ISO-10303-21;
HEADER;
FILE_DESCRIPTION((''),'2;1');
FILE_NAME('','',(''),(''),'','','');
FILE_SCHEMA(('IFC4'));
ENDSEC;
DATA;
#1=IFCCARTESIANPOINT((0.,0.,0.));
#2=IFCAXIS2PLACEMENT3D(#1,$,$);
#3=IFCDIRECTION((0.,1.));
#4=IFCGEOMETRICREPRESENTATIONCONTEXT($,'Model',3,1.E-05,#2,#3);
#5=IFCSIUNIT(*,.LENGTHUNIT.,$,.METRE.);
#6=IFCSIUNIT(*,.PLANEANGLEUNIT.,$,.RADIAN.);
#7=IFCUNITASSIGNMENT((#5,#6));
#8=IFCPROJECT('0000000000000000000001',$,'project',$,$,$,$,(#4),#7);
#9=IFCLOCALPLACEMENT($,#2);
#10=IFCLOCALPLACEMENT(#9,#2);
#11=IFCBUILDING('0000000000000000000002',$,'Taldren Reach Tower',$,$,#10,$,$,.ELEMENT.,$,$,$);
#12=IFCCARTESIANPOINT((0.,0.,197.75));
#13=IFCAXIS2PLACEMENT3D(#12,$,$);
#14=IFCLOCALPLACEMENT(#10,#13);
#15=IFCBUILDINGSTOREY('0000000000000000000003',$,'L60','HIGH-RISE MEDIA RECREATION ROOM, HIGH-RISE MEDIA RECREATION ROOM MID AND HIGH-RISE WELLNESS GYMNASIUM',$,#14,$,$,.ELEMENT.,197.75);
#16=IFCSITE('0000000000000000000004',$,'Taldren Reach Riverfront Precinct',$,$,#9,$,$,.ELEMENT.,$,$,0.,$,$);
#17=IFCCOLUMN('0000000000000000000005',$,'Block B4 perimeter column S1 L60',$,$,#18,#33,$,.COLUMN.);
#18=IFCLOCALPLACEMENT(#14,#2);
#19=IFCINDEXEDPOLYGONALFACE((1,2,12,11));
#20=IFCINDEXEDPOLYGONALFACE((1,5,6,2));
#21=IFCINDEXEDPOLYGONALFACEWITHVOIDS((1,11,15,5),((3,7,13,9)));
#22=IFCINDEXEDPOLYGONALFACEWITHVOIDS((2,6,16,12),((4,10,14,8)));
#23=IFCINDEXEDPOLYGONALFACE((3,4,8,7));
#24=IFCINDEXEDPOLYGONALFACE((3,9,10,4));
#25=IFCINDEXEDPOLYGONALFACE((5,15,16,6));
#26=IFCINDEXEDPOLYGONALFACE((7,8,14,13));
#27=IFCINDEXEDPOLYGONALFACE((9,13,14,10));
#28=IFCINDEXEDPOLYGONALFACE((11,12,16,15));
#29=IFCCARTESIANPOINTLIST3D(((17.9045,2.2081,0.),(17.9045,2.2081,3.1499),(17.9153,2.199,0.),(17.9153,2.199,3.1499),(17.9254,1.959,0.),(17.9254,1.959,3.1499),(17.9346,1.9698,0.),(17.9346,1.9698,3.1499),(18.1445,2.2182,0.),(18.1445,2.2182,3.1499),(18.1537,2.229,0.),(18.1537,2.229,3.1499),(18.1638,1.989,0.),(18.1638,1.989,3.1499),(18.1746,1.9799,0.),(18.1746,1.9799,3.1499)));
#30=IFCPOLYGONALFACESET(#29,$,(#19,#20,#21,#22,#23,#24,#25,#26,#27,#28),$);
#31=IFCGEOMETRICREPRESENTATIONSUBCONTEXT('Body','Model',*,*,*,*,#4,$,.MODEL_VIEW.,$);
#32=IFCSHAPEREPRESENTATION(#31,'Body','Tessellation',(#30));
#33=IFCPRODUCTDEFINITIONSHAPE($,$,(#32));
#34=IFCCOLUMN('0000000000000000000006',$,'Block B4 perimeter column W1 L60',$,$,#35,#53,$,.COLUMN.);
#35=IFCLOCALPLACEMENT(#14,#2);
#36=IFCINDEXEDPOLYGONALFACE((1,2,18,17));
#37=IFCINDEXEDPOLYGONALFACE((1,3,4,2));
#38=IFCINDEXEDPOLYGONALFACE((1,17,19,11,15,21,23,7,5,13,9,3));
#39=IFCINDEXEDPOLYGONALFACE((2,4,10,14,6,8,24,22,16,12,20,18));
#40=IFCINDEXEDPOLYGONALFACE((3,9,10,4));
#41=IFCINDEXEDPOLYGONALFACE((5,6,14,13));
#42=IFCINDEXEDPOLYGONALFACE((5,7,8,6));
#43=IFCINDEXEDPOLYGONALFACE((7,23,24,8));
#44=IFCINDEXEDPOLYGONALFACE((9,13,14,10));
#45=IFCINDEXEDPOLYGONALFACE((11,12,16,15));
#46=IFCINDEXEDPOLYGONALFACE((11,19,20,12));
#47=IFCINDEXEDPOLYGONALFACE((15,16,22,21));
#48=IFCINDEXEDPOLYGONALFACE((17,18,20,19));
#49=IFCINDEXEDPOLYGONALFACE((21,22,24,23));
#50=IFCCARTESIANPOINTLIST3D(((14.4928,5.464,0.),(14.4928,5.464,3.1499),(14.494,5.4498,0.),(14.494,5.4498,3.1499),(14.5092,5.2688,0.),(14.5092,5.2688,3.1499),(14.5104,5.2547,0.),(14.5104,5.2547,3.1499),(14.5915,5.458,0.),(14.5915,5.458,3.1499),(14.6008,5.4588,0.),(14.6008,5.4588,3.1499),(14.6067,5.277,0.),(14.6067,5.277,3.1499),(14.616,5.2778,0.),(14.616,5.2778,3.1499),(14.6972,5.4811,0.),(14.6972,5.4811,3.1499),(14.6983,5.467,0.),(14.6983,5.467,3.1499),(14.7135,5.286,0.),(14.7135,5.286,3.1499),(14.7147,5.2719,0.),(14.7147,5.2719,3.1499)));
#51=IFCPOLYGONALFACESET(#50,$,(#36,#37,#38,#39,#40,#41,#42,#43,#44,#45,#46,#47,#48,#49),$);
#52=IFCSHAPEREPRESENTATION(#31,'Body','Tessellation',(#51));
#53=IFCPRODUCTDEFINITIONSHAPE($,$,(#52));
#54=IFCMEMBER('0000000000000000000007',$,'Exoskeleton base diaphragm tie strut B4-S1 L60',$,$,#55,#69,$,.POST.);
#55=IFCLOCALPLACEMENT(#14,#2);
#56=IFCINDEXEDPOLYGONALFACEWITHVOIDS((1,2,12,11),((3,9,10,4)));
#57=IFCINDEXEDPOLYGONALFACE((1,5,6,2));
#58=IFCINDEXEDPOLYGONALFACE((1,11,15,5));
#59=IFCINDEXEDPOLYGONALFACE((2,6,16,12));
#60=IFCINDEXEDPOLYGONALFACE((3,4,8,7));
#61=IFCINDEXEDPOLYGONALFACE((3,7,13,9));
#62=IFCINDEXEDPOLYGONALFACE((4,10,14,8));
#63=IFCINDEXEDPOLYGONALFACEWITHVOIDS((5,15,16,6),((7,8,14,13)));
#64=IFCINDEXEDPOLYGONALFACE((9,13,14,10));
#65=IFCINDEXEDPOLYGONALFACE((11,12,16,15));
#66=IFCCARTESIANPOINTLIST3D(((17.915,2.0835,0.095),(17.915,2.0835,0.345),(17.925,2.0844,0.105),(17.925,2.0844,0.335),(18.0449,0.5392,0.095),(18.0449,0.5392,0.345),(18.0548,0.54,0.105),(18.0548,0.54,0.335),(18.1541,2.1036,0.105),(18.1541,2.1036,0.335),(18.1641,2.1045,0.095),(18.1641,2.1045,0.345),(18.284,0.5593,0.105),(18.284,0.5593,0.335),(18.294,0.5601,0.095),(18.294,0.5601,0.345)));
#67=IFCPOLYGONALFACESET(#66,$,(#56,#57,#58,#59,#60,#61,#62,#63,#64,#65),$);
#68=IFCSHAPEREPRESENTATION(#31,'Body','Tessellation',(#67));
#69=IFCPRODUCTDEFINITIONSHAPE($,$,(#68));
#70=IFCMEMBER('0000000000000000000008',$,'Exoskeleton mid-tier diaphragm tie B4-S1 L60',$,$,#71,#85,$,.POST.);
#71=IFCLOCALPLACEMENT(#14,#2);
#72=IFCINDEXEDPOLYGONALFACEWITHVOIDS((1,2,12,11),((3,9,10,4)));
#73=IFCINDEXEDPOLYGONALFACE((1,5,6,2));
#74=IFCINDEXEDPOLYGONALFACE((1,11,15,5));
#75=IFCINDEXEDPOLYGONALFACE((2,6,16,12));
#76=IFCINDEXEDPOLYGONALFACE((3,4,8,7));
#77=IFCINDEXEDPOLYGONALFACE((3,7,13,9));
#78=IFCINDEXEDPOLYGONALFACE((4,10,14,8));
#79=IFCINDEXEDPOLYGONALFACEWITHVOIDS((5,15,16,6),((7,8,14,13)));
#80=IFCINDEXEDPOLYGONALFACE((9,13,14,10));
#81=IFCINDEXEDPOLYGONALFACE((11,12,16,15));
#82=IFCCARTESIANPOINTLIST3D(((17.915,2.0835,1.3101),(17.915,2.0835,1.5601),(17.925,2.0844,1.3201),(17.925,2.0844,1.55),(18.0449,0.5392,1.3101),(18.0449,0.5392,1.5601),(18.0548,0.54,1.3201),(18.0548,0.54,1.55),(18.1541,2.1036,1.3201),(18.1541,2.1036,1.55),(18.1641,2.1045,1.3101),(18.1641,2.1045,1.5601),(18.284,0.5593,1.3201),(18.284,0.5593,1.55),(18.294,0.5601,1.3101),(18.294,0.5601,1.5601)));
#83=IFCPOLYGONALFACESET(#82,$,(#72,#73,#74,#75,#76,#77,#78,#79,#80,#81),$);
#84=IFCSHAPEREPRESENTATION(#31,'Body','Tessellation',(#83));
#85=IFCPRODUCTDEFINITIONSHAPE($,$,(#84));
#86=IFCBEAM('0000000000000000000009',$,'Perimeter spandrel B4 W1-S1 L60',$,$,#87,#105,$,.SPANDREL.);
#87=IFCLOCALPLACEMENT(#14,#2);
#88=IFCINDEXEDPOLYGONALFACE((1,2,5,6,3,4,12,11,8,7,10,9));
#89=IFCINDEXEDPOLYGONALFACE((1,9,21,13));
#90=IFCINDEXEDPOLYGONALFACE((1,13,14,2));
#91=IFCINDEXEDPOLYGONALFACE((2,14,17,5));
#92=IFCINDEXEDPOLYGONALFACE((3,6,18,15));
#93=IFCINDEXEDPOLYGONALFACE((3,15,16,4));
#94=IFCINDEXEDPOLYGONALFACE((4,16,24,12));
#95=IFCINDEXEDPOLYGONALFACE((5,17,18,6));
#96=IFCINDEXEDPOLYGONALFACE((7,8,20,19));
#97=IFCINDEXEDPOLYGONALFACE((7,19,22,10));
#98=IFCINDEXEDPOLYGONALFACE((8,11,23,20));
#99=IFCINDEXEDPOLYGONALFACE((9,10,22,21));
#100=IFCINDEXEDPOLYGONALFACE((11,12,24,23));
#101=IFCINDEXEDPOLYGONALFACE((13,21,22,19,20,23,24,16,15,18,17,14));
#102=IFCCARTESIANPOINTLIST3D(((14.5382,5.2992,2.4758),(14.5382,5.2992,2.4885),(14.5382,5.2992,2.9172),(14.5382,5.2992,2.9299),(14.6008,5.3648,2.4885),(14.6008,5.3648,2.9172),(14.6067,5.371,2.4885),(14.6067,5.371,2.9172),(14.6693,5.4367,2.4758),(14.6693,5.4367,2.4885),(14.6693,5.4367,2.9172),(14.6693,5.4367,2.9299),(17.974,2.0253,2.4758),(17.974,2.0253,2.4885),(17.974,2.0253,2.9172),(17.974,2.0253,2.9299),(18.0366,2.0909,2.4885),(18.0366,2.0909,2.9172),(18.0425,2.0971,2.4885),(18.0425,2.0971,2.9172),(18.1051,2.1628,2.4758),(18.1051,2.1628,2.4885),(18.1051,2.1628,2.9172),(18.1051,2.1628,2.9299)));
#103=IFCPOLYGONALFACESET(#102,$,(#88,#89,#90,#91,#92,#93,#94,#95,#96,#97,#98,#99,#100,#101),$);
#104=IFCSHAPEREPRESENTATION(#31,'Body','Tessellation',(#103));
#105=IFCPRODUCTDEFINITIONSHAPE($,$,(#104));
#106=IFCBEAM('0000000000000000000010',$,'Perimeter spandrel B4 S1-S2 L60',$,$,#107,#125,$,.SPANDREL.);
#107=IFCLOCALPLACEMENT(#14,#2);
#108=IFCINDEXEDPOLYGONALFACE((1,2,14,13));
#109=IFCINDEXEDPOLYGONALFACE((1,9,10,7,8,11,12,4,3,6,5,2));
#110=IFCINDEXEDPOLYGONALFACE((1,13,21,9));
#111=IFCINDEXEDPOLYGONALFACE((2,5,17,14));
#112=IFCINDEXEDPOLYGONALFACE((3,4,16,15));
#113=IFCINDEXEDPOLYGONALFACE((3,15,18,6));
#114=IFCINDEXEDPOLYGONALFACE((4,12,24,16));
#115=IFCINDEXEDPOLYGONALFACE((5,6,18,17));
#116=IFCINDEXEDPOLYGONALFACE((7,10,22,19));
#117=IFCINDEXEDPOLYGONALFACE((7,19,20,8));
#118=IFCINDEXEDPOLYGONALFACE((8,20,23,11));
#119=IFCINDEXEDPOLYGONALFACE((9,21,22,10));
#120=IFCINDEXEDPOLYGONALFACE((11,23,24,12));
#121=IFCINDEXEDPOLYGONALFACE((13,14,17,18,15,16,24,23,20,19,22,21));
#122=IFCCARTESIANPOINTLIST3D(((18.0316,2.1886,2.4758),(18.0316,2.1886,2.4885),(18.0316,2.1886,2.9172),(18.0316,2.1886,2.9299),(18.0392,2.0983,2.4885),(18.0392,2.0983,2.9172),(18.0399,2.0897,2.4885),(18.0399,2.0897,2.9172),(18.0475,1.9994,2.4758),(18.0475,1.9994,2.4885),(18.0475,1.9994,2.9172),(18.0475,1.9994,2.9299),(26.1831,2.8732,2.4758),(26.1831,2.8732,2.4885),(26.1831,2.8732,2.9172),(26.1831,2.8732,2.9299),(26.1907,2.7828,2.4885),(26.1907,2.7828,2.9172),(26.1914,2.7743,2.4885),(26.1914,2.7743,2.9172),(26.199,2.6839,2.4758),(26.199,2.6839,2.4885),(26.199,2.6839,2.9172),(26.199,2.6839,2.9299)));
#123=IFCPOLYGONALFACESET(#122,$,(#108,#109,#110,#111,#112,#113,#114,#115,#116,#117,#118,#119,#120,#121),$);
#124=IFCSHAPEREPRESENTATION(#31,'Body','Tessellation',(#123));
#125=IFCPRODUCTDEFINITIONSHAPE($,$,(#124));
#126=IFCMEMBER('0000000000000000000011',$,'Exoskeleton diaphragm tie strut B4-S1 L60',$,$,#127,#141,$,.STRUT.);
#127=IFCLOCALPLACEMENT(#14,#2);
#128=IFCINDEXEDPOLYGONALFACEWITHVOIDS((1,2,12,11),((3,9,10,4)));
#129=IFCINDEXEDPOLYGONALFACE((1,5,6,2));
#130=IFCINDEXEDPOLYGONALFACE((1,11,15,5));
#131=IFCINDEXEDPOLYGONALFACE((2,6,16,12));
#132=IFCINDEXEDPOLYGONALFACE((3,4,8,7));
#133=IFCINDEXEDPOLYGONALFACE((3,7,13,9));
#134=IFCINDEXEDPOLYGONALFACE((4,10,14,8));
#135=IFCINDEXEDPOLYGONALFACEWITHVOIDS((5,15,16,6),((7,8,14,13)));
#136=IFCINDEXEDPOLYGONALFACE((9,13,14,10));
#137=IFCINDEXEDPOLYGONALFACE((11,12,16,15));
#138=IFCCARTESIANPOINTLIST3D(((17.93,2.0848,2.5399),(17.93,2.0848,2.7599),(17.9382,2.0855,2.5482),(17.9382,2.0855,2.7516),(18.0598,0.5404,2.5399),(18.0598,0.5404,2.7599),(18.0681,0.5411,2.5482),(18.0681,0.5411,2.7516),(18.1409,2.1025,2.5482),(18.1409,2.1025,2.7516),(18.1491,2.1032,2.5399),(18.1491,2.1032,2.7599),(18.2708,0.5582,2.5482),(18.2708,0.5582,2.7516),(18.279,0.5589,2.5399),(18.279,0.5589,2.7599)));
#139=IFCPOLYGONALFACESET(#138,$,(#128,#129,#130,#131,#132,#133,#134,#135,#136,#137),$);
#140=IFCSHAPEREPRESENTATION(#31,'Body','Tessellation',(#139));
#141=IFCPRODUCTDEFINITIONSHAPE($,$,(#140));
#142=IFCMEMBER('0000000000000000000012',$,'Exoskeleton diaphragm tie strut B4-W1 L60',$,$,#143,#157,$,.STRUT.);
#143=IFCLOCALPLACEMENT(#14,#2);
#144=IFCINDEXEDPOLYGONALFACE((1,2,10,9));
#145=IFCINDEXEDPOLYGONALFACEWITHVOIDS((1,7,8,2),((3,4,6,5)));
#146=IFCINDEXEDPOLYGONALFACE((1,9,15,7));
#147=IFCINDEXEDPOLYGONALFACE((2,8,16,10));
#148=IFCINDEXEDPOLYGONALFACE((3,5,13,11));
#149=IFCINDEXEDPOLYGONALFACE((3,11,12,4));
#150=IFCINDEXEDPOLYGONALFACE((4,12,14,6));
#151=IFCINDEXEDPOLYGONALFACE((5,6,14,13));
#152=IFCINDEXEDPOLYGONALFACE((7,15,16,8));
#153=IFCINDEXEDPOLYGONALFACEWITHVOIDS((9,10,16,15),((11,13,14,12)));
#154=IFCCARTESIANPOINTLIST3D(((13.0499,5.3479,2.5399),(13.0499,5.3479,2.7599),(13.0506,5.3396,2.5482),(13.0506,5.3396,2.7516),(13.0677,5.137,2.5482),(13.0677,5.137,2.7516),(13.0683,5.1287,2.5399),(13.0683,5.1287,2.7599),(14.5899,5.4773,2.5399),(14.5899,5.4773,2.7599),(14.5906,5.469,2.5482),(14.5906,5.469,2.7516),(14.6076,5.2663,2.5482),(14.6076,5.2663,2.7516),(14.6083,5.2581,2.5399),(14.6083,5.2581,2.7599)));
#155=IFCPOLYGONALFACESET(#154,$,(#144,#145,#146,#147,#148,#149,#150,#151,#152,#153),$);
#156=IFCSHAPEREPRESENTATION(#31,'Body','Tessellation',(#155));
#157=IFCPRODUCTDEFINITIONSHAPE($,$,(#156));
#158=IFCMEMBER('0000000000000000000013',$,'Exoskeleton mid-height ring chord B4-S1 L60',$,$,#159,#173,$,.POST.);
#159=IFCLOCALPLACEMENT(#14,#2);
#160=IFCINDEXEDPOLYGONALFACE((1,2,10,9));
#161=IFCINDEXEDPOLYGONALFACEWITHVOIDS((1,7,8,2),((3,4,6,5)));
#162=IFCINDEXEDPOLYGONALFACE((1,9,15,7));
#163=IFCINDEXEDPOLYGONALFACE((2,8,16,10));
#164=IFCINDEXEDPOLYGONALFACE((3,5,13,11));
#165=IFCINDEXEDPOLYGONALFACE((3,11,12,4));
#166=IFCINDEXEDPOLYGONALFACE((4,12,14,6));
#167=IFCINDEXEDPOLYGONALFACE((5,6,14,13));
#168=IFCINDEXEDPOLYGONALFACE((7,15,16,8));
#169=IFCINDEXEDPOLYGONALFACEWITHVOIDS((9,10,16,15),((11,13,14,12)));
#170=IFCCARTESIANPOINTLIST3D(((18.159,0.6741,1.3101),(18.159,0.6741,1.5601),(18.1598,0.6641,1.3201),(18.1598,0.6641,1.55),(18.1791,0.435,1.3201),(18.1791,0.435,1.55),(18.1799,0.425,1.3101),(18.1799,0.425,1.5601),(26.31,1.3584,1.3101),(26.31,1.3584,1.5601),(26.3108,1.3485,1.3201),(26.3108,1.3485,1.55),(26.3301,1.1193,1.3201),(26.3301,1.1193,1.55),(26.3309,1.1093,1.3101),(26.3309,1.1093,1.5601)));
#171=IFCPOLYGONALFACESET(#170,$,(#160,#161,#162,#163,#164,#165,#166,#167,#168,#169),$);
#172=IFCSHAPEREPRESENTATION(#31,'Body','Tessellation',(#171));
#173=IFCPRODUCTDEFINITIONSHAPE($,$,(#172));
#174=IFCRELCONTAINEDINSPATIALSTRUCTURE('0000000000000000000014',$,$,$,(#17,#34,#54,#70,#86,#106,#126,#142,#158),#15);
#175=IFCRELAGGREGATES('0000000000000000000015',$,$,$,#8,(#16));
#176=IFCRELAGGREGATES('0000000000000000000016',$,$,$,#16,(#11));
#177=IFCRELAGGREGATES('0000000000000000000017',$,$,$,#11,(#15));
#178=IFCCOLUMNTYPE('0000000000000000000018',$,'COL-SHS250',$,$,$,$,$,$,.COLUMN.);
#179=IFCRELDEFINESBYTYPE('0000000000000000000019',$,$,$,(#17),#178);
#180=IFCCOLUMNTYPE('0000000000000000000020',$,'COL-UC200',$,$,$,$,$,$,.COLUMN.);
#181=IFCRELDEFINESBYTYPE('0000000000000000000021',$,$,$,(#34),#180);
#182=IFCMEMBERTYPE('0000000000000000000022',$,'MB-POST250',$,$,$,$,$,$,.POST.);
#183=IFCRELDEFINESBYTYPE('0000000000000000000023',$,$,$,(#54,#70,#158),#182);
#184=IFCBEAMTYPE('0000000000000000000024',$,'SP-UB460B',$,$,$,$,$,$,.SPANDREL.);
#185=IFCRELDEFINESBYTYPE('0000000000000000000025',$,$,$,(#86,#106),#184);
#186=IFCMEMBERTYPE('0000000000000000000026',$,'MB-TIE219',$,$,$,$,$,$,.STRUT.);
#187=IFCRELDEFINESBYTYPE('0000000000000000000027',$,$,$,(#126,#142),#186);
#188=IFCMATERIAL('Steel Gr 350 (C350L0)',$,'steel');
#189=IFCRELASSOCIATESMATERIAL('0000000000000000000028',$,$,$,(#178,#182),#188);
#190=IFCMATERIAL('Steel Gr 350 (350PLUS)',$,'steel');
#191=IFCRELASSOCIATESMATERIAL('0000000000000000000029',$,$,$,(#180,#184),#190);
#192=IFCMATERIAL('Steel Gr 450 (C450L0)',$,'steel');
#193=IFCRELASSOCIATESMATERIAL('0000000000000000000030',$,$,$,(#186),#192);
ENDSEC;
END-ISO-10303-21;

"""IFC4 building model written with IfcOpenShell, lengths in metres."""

from ifc_helpers import new_model, si_unit, direction, frame, origin, origin_2d, place, context, subcontext, project, spatial, hollow_rectangle, i_section, extrude, source, transform, mapped, material, material_profile, profile_set, type_object, element, save


model = new_model("IFC4")

# Units and contexts
model_context = context("Model", 3, precision=1e-05, world=origin(), true_north=direction((0.0, 1.0)))
body_context = subcontext(model_context, "Body", "Model", "MODEL_VIEW")
ifc_project = project(units=[si_unit("LENGTHUNIT", "METRE"), si_unit("PLANEANGLEUNIT", "RADIAN")], contexts=[model_context])

# Site, building, storey
site_placement = place(None, origin())
site = spatial("IfcSite", under=ifc_project, at=site_placement, Name="Taldren Reach Riverfront Precinct", CompositionType="ELEMENT", RefElevation=0.0)
building_placement = place(site_placement, origin())
building = spatial("IfcBuilding", under=site, at=building_placement, Name="Taldren Reach Tower", CompositionType="ELEMENT")
storey_placement = place(building_placement, frame((0.0, 0.0, 197.75)))
storey = spatial("IfcBuildingStorey", under=building, at=storey_placement, Name="L60", Description="HIGH-RISE MEDIA RECREATION ROOM, HIGH-RISE MEDIA RECREATION ROOM MID AND HIGH-RISE WELLNESS GYMNASIUM", CompositionType="ELEMENT", Elevation=197.75)

# Columns
ifc_material_1 = material(Name="Steel Gr 350 (C350L0)", Category="steel")
ifc_material_profile_1 = material_profile(ifc_material_1, hollow_rectangle(XDim=0.25, YDim=0.25, WallThickness=0.01, at=origin_2d()), Name="250x250x10.0SHS")
ifc_profile_set_1 = profile_set([ifc_material_profile_1], Name="Steel Gr 350 (C350L0)")
column_type_1 = type_object("IfcColumnType", Name="COL-SHS250", PredefinedType="COLUMN", material=ifc_profile_set_1)
shared_shape_1 = source(origin(), body_context, "Body", "SweptSolid", [
    extrude(hollow_rectangle(XDim=0.25, YDim=0.25, WallThickness=0.01, at=origin_2d()), origin(), (0.0, 0.0, 1.0), 3.1499),
])
column_1_placement = place(storey_placement, frame((18.0396, 2.094, 0.0), z_axis=(0.0, 0.0, 1.0), x_axis=(0.996493, 0.083678, 0.0)))
element("IfcColumn", 1, at=column_1_placement, inside=storey, type_object=column_type_1, Name="Block B4 perimeter column S1 L60", PredefinedType="COLUMN", context=body_context, shape_type="MappedRepresentation", body=[
    mapped(shared_shape_1, transform((0.0, 0.0, 0.0), scale=1.0)),
])
ifc_material_2 = material(Name="Steel Gr 350 (350PLUS)", Category="steel")
ifc_material_profile_2 = material_profile(ifc_material_2, i_section(OverallWidth=0.2051, OverallDepth=0.21, WebThickness=0.0093, FlangeThickness=0.0142, at=origin_2d()), Name="200UC59.5")
ifc_profile_set_2 = profile_set([ifc_material_profile_2], Name="Steel Gr 350 (350PLUS)")
column_type_2 = type_object("IfcColumnType", Name="COL-UC200", PredefinedType="COLUMN", material=ifc_profile_set_2)
shared_shape_2 = source(origin(), body_context, "Body", "SweptSolid", [
    extrude(i_section(OverallWidth=0.2051, OverallDepth=0.21, WebThickness=0.0093, FlangeThickness=0.0142, at=origin_2d()), origin(), (0.0, 0.0, 1.0), 3.1499),
])
column_2_placement = place(storey_placement, frame((14.6038, 5.3679, 0.0), z_axis=(0.0, 0.0, 1.0), x_axis=(0.996493, 0.083678, 0.0)))
element("IfcColumn", 2, at=column_2_placement, inside=storey, type_object=column_type_2, Name="Block B4 perimeter column W1 L60", PredefinedType="COLUMN", context=body_context, shape_type="MappedRepresentation", body=[
    mapped(shared_shape_2, transform((0.0, 0.0, 0.0), scale=1.0)),
])

# Members
ifc_material_profile_3 = material_profile(ifc_material_1, hollow_rectangle(XDim=0.25, YDim=0.25, WallThickness=0.01, at=origin_2d()), Name="250x250x10.0SHS")
ifc_profile_set_3 = profile_set([ifc_material_profile_3], Name="Steel Gr 350 (C350L0)")
member_type_1 = type_object("IfcMemberType", Name="MB-POST250", PredefinedType="POST", material=ifc_profile_set_3)
shared_shape_3 = source(origin(), body_context, "Body", "SweptSolid", [
    extrude(hollow_rectangle(XDim=0.25, YDim=0.25, WallThickness=0.01, at=origin_2d()), origin(), (0.0, 0.0, 1.0), 1.5498),
])
for number, where, z_axis, x_axis, name in (
    (3, (18.0396, 2.094, 0.22), (0.083802, -0.996482, 0.0), (0.996482, 0.083802, 0.0), "Exoskeleton base diaphragm tie strut B4-S1 L60"),
    (4, (18.0396, 2.094, 1.4351), (0.083802, -0.996482, 0.0), (0.996482, 0.083802, 0.0), "Exoskeleton mid-tier diaphragm tie B4-S1 L60"),
):
    element("IfcMember", number, at=place(storey_placement, frame(where, z_axis=z_axis, x_axis=x_axis)), inside=storey, type_object=member_type_1, Name=name, PredefinedType="POST", context=body_context, shape_type="MappedRepresentation", body=[
        mapped(shared_shape_3, transform((0.0, 0.0, 0.0), scale=1.0)),
    ])

# Beams
ifc_material_profile_4 = material_profile(ifc_material_2, i_section(OverallWidth=0.1899, OverallDepth=0.4541, WebThickness=0.0085, FlangeThickness=0.0127, at=origin_2d()), Name="460UB67.1")
ifc_profile_set_4 = profile_set([ifc_material_profile_4], Name="Steel Gr 350 (350PLUS)")
beam_type = type_object("IfcBeamType", Name="SP-UB460B", PredefinedType="SPANDREL", material=ifc_profile_set_4)
shared_shape_4 = source(origin(), body_context, "Body", "SweptSolid", [
    extrude(i_section(OverallWidth=0.1899, OverallDepth=0.4541, WebThickness=0.0085, FlangeThickness=0.0127, at=origin_2d()), origin(), (0.0, 0.0, 1.0), 4.7458),
])
beam_1_placement = place(storey_placement, frame((14.6038, 5.3679, 2.7029), z_axis=(0.723954, -0.689848, 0.0), x_axis=(0.689848, 0.723954, 0.0)))
element("IfcBeam", 5, at=beam_1_placement, inside=storey, type_object=beam_type, Name="Perimeter spandrel B4 W1-S1 L60", PredefinedType="SPANDREL", context=body_context, shape_type="MappedRepresentation", body=[
    mapped(shared_shape_4, transform((0.0, 0.0, 0.0), scale=1.0)),
])
shared_shape_5 = source(origin(), body_context, "Body", "SweptSolid", [
    extrude(i_section(OverallWidth=0.1899, OverallDepth=0.4541, WebThickness=0.0085, FlangeThickness=0.0127, at=origin_2d()), origin(), (0.0, 0.0, 1.0), 8.1802),
])
beam_2_placement = place(storey_placement, frame((18.0396, 2.094, 2.7029), z_axis=(0.996492, 0.083688, 0.0), x_axis=(-0.083688, 0.996492, 0.0)))
element("IfcBeam", 6, at=beam_2_placement, inside=storey, type_object=beam_type, Name="Perimeter spandrel B4 S1-S2 L60", PredefinedType="SPANDREL", context=body_context, shape_type="MappedRepresentation", body=[
    mapped(shared_shape_5, transform((0.0, 0.0, 0.0), scale=1.0)),
])

# Members
ifc_material_3 = material(Name="Steel Gr 450 (C450L0)", Category="steel")
ifc_material_profile_5 = material_profile(ifc_material_3, hollow_rectangle(XDim=0.22, YDim=0.22, WallThickness=0.0083, at=origin_2d()), Name="220x220x8.2SHS")
ifc_profile_set_5 = profile_set([ifc_material_profile_5], Name="Steel Gr 450 (C450L0)")
member_type_2 = type_object("IfcMemberType", Name="MB-TIE219", PredefinedType="STRUT", material=ifc_profile_set_5)
shared_shape_6 = source(origin(), body_context, "Body", "SweptSolid", [
    extrude(hollow_rectangle(XDim=0.22, YDim=0.22, WallThickness=0.0083, at=origin_2d()), origin(), (0.0, 0.0, 1.0), 1.5498),
])
member_1_placement = place(storey_placement, frame((18.0396, 2.094, 2.6499), z_axis=(0.083802, -0.996482, 0.0), x_axis=(0.996482, 0.083802, 0.0)))
element("IfcMember", 7, at=member_1_placement, inside=storey, type_object=member_type_2, Name="Exoskeleton diaphragm tie strut B4-S1 L60", PredefinedType="STRUT", context=body_context, shape_type="MappedRepresentation", body=[
    mapped(shared_shape_6, transform((0.0, 0.0, 0.0), scale=1.0)),
])
shared_shape_7 = source(origin(), body_context, "Body", "SweptSolid", [
    extrude(hollow_rectangle(XDim=0.22, YDim=0.22, WallThickness=0.0083, at=origin_2d()), origin(), (0.0, 0.0, 1.0), 1.5454),
])
member_2_placement = place(storey_placement, frame((14.5991, 5.3677, 2.6499), z_axis=(-0.996489, -0.083725, 0.0), x_axis=(0.083725, -0.996489, 0.0)))
element("IfcMember", 8, at=member_2_placement, inside=storey, type_object=member_type_2, Name="Exoskeleton diaphragm tie strut B4-W1 L60", PredefinedType="STRUT", context=body_context, shape_type="MappedRepresentation", body=[
    mapped(shared_shape_7, transform((0.0, 0.0, 0.0), scale=1.0)),
])
shared_shape_8 = source(origin(), body_context, "Body", "SweptSolid", [
    extrude(hollow_rectangle(XDim=0.25, YDim=0.25, WallThickness=0.01, at=origin_2d()), origin(), (0.0, 0.0, 1.0), 8.1797),
])
member_3_placement = place(storey_placement, frame((18.1694, 0.5496, 1.4351), z_axis=(0.996494, 0.083661, 0.0), x_axis=(-0.083661, 0.996494, 0.0)))
element("IfcMember", 9, at=member_3_placement, inside=storey, type_object=member_type_1, Name="Exoskeleton mid-height ring chord B4-S1 L60", PredefinedType="POST", context=body_context, shape_type="MappedRepresentation", body=[
    mapped(shared_shape_8, transform((0.0, 0.0, 0.0), scale=1.0)),
])

save(model, "model.ifc")
